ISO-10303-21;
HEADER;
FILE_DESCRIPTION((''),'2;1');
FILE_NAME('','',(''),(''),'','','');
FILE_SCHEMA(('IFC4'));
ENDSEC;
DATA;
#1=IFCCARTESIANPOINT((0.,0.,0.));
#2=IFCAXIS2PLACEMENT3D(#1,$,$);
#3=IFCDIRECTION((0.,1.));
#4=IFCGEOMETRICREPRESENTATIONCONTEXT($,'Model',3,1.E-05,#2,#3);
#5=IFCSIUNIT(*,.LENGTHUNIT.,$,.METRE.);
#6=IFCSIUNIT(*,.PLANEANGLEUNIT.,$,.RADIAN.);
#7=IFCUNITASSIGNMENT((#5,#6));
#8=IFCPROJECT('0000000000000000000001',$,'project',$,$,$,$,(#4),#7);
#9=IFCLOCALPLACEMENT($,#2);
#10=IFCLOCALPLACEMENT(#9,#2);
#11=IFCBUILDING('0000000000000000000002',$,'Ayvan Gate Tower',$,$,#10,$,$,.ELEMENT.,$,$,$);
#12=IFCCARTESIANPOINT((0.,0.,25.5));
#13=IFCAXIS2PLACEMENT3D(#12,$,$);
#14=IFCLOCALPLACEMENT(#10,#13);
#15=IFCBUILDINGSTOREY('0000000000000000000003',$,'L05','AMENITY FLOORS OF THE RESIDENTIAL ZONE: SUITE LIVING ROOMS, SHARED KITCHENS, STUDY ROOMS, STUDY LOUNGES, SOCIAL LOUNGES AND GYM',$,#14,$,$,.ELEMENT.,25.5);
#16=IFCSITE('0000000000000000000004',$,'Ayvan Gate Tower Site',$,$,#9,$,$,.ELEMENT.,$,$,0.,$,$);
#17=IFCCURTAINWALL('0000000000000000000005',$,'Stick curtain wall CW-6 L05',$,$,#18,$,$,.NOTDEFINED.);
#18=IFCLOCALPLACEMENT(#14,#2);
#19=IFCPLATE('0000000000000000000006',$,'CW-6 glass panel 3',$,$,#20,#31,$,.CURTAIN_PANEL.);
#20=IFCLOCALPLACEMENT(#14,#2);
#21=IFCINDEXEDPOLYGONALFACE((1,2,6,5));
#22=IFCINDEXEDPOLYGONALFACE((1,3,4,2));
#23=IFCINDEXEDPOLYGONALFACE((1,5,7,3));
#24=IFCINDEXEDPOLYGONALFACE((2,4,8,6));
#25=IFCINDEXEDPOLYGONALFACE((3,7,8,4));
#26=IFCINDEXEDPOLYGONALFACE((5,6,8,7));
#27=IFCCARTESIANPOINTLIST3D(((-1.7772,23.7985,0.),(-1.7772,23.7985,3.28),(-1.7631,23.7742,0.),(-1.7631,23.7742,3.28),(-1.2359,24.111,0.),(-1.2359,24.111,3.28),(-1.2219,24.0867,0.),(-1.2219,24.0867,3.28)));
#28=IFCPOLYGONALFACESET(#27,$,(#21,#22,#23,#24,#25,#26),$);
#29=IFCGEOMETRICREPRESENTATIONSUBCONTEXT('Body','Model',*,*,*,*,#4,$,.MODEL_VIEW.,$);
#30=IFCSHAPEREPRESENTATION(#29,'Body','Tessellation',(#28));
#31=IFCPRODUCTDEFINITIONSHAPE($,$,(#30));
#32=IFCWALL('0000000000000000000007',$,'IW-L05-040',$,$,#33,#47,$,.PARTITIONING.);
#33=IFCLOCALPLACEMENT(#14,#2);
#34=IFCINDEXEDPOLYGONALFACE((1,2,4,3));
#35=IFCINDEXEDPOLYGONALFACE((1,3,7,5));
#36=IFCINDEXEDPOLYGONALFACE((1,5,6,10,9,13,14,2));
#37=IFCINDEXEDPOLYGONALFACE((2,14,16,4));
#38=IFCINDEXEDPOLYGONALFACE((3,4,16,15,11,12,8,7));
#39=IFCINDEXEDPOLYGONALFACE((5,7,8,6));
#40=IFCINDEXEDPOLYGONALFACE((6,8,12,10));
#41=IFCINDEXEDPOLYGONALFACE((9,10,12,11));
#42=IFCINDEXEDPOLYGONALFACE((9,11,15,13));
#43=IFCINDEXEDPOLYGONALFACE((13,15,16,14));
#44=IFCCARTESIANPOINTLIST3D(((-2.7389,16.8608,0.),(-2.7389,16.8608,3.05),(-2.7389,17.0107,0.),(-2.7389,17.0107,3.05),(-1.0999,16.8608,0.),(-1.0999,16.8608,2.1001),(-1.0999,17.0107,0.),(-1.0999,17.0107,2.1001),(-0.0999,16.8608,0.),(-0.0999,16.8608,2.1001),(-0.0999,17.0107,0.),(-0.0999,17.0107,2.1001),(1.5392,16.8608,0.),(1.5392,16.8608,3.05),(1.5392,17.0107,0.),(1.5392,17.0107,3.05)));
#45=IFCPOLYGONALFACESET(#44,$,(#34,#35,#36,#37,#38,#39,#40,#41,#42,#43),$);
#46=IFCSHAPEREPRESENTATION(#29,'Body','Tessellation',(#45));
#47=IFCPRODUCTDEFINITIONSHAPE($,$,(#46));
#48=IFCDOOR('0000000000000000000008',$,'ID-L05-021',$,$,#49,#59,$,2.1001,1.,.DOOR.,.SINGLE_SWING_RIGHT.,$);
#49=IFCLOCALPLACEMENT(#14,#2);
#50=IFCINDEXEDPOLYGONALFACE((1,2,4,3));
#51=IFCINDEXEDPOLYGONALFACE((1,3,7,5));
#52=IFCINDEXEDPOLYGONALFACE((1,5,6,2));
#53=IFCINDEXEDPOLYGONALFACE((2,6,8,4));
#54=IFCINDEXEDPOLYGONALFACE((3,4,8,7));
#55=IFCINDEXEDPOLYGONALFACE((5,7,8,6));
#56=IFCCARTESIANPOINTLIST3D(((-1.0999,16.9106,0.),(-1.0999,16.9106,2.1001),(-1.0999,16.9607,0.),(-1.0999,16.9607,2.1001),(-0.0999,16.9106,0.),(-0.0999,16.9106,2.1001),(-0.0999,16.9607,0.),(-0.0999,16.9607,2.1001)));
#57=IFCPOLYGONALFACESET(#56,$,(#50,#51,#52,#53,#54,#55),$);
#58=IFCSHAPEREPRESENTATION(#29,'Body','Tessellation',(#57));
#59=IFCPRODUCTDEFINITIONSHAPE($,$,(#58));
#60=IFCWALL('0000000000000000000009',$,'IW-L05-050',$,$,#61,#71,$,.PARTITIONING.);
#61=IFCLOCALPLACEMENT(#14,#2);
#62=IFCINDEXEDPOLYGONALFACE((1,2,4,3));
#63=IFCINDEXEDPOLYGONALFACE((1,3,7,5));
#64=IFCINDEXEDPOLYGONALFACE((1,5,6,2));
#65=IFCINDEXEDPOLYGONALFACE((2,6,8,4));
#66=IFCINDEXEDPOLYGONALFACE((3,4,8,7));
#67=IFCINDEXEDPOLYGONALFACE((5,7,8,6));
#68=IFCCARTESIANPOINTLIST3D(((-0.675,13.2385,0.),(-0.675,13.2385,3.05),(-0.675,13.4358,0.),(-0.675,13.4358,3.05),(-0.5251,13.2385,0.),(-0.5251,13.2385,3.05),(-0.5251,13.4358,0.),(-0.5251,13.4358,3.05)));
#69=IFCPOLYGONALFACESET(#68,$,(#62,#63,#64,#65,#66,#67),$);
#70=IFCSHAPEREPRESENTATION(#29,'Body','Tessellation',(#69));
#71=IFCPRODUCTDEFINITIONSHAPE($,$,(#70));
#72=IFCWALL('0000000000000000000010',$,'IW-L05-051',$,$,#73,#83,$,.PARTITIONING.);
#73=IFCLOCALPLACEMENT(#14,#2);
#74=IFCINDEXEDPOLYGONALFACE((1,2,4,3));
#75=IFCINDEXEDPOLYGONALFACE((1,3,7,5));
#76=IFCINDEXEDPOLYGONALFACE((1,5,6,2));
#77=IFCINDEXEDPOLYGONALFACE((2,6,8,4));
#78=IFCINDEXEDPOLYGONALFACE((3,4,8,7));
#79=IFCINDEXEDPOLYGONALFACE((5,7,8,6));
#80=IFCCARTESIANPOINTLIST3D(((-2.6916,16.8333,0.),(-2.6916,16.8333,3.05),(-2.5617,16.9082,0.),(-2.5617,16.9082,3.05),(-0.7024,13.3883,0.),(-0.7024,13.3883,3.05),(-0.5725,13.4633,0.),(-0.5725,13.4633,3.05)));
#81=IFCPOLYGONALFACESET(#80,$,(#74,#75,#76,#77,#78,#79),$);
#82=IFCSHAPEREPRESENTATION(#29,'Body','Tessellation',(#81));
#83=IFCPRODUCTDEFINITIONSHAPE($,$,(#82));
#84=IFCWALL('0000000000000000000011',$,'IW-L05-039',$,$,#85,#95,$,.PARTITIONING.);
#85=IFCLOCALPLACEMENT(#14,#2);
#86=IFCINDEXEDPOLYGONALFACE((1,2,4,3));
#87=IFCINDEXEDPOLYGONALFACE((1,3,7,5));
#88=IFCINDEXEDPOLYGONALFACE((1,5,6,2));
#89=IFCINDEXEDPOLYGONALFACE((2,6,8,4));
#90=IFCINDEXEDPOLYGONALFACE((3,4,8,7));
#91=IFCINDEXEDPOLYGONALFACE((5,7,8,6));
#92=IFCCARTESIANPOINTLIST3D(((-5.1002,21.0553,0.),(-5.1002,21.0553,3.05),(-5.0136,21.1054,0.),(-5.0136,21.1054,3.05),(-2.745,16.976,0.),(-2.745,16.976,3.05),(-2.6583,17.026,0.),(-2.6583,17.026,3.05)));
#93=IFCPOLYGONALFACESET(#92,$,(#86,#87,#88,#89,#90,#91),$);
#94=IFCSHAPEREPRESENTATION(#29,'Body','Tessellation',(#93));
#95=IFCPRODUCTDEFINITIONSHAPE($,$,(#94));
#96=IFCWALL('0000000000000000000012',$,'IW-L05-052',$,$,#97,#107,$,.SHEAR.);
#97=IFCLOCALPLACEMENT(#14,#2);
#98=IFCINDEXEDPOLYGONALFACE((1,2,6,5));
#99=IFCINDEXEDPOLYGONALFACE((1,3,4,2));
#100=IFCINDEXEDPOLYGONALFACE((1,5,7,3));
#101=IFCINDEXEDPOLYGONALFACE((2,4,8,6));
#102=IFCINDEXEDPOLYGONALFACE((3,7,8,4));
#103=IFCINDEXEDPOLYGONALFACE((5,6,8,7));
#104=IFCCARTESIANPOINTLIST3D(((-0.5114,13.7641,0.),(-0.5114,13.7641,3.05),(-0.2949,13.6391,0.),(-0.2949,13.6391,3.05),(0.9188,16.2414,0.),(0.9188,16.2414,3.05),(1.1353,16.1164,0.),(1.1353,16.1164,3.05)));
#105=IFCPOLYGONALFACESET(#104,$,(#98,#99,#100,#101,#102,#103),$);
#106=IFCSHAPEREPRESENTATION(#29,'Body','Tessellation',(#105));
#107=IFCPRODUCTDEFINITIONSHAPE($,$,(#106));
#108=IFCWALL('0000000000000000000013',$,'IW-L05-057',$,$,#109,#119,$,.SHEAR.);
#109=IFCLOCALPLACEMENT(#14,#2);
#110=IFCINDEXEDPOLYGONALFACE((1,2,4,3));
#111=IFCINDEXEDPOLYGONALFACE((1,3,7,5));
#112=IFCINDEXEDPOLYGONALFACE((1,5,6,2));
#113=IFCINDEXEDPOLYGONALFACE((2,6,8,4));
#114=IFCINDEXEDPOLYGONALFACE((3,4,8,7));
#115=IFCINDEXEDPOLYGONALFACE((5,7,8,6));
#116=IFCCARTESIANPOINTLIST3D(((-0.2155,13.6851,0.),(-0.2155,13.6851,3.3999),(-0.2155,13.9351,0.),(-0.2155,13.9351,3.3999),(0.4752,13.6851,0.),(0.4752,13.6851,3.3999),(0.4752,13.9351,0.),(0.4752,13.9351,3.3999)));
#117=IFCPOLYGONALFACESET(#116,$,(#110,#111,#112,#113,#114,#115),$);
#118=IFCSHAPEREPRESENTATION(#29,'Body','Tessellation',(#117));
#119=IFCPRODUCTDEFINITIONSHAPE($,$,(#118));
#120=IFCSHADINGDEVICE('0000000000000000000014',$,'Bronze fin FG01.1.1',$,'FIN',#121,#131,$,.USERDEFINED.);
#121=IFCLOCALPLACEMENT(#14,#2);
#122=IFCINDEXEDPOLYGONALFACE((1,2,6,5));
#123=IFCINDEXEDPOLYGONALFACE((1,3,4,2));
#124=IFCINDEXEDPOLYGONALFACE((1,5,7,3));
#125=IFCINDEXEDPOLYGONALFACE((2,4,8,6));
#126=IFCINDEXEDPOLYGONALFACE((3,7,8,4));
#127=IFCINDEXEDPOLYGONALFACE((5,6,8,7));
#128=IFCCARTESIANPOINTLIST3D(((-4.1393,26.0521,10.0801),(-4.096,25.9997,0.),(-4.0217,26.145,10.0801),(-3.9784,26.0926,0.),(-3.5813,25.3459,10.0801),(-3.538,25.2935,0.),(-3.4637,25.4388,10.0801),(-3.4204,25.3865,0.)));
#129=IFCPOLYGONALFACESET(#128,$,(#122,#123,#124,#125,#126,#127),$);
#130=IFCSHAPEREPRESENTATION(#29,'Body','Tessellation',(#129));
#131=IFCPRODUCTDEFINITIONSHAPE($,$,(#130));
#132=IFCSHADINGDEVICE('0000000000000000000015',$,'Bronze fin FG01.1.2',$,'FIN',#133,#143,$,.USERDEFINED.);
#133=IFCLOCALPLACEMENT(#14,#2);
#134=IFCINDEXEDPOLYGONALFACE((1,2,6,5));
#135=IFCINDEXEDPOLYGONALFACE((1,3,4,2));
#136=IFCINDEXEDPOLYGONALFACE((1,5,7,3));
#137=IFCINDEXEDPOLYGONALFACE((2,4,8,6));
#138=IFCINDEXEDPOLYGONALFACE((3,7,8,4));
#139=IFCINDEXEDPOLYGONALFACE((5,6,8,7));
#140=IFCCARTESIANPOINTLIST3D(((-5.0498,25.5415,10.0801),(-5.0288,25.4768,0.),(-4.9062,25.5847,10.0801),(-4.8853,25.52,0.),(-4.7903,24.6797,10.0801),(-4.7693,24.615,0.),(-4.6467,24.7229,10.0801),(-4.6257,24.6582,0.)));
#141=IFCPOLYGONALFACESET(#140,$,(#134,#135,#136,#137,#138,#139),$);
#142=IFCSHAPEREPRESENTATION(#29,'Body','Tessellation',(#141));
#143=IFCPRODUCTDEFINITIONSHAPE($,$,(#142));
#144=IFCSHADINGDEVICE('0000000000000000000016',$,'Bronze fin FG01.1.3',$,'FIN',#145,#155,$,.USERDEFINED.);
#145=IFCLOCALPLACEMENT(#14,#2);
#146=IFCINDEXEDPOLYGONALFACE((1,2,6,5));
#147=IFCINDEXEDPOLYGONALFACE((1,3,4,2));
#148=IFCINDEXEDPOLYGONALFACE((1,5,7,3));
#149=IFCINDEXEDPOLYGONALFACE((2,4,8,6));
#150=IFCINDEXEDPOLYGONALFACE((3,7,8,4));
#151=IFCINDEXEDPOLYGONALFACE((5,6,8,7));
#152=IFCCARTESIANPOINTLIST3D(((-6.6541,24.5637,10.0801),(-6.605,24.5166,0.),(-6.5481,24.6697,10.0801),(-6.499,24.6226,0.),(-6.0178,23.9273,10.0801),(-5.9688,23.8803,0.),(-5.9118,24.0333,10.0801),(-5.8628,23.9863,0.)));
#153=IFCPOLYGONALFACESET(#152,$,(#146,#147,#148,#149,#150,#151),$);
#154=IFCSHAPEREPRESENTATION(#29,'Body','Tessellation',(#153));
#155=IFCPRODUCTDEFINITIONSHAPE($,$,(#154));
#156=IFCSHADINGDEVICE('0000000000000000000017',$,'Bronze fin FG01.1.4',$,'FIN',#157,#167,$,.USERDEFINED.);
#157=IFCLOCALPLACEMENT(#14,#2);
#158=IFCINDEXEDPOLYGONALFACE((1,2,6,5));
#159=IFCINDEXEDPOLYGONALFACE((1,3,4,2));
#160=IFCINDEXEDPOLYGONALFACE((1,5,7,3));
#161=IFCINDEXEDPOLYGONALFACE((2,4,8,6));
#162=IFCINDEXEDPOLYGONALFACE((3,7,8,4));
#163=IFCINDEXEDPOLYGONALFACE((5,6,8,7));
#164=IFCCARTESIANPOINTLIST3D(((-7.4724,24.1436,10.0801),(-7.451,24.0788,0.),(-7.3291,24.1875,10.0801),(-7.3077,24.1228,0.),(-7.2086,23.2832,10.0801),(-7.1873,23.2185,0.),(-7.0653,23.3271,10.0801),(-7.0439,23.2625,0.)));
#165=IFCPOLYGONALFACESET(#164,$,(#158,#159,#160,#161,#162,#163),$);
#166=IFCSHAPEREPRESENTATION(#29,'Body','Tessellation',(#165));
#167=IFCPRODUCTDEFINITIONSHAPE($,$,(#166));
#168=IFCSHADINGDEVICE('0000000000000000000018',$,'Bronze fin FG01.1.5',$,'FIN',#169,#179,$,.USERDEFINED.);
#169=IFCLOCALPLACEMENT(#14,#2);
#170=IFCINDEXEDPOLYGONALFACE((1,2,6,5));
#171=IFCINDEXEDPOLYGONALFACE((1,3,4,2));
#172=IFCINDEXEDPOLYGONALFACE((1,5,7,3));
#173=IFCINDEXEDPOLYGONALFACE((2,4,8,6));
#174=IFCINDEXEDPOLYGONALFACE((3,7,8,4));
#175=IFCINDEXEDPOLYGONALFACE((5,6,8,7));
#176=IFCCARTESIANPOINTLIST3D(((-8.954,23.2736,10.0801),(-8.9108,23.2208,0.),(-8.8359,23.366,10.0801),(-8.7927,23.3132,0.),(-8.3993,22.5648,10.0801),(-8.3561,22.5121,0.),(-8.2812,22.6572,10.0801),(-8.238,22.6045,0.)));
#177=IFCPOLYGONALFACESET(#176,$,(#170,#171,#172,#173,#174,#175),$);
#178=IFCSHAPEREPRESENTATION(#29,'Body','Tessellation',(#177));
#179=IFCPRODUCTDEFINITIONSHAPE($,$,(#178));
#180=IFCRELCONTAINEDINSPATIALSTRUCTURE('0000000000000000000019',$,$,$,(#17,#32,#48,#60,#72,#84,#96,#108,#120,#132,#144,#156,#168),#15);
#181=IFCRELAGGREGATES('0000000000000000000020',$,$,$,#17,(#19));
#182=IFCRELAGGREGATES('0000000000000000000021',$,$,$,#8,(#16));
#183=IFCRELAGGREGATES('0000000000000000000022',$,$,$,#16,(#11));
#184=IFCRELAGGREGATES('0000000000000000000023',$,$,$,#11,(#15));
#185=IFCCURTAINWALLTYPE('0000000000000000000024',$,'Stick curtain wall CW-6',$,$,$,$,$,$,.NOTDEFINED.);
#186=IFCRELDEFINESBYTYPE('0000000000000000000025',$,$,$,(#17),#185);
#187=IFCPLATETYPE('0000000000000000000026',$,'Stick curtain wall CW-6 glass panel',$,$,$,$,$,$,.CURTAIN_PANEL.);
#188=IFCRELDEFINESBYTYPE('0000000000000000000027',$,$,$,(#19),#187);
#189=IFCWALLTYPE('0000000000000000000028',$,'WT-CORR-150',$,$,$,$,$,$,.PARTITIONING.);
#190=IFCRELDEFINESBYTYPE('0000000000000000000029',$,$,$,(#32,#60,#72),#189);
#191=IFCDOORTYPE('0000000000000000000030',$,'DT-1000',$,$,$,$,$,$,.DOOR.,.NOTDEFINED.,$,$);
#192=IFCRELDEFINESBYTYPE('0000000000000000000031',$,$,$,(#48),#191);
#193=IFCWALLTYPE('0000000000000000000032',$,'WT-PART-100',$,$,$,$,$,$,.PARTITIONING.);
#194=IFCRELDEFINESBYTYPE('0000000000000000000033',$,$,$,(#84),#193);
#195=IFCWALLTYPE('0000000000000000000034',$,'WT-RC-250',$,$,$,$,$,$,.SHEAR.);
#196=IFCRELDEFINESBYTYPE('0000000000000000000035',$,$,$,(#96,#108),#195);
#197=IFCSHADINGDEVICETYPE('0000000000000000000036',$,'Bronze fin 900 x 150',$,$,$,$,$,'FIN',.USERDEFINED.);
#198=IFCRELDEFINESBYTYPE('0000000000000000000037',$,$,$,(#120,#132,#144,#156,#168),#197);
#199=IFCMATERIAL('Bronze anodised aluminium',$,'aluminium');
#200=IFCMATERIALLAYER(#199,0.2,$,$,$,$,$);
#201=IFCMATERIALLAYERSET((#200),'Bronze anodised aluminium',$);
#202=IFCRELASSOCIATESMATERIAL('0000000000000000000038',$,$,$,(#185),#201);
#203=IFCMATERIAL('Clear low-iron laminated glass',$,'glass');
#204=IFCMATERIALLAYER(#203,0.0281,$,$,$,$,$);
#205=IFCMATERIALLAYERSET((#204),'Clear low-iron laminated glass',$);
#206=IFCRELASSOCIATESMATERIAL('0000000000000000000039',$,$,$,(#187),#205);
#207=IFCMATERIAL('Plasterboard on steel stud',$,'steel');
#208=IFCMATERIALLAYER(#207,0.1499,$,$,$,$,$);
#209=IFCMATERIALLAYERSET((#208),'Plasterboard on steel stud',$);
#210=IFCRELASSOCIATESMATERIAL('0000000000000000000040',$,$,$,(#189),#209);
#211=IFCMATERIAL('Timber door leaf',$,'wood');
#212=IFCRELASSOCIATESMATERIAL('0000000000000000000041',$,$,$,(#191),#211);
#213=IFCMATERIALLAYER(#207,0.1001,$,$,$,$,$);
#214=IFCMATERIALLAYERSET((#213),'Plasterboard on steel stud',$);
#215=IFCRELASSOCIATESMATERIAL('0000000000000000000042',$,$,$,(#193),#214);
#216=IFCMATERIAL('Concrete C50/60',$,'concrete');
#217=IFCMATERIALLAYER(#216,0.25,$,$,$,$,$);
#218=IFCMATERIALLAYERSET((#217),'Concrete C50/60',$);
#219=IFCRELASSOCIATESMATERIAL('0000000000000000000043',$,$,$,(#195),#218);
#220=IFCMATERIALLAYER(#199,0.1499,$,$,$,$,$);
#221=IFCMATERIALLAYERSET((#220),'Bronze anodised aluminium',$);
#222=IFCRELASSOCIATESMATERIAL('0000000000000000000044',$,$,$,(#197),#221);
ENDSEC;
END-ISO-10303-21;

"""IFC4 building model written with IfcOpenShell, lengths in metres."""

from ifc_helpers import new_model, si_unit, direction, frame, frame_2d, origin, origin_2d, place, context, subcontext, project, spatial, polyline, rectangle, outline, extrude, material, layer, layer_set, type_object, element, fill, aggregate, save


model = new_model("IFC4")

# Units and contexts
model_context = context("Model", 3, precision=1e-05, world=origin(), true_north=direction((0.0, 1.0)))
body_context = subcontext(model_context, "Body", "Model", "MODEL_VIEW")
ifc_project = project(units=[si_unit("LENGTHUNIT", "METRE"), si_unit("PLANEANGLEUNIT", "RADIAN")], contexts=[model_context])

# Site, building, storey
site_placement = place(None, origin())
site = spatial("IfcSite", under=ifc_project, at=site_placement, Name="Ayvan Gate Tower Site", CompositionType="ELEMENT", RefElevation=0.0)
building_placement = place(site_placement, origin())
building = spatial("IfcBuilding", under=site, at=building_placement, Name="Ayvan Gate Tower", CompositionType="ELEMENT")
storey_placement = place(building_placement, frame((0.0, 0.0, 25.5)))
storey = spatial("IfcBuildingStorey", under=building, at=storey_placement, Name="L05", Description="AMENITY FLOORS OF THE RESIDENTIAL ZONE: SUITE LIVING ROOMS, SHARED KITCHENS, STUDY ROOMS, STUDY LOUNGES, SOCIAL LOUNGES AND GYM", CompositionType="ELEMENT", Elevation=25.5)

# Curtain wall
ifc_material_1 = material(Name="Bronze anodised aluminium", Category="aluminium")
ifc_layer_1 = layer(ifc_material_1, 0.2)
ifc_layer_set_1 = layer_set([ifc_layer_1], Name="Bronze anodised aluminium")
curtain_wall_type_1 = type_object("IfcCurtainWallType", Name="Stick curtain wall CW-6", PredefinedType="NOTDEFINED", material=ifc_layer_set_1)
curtain_wall_1_placement = place(storey_placement, origin())
curtain_wall_1 = element("IfcCurtainWall", 1, at=curtain_wall_1_placement, inside=storey, type_object=curtain_wall_type_1, Name="Stick curtain wall CW-6 L05", PredefinedType="NOTDEFINED")

# Plate
ifc_material_2 = material(Name="Clear low-iron laminated glass", Category="glass")
ifc_layer_2 = layer(ifc_material_2, 0.0281)
ifc_layer_set_2 = layer_set([ifc_layer_2], Name="Clear low-iron laminated glass")
plate_type_1 = type_object("IfcPlateType", Name="Stick curtain wall CW-6 glass panel", PredefinedType="CURTAIN_PANEL", material=ifc_layer_set_2)
plate_1_placement = place(storey_placement, frame((-1.4995, 23.9426, 0.0), z_axis=(0.0, 0.0, 1.0), x_axis=(-0.866025, -0.5, 0.0)))
plate_1 = element("IfcPlate", 2, at=plate_1_placement, type_object=plate_type_1, Name="CW-6 glass panel 3", PredefinedType="CURTAIN_PANEL", context=body_context, shape_type="SweptSolid", body=[
    extrude(rectangle(XDim=0.625, YDim=0.0281, at=origin_2d()), origin(), (0.0, 0.0, 1.0), 3.28),
])
aggregate(curtain_wall_1, [plate_1])

# Wall, opening, door
ifc_material_3 = material(Name="Plasterboard on steel stud", Category="steel")
ifc_layer_3 = layer(ifc_material_3, 0.1499)
ifc_layer_set_3 = layer_set([ifc_layer_3], Name="Plasterboard on steel stud")
wall_type_1 = type_object("IfcWallType", Name="WT-CORR-150", PredefinedType="PARTITIONING", material=ifc_layer_set_3)
wall_1_placement = place(storey_placement, frame((-2.739, 16.9358, 0.0), z_axis=(0.0, 0.0, 1.0), x_axis=(1.0, 0.0, 0.0)))
wall_1 = element("IfcWall", 3, at=wall_1_placement, inside=storey, type_object=wall_type_1, Name="IW-L05-040", PredefinedType="PARTITIONING", context=body_context, shape_type="SweptSolid", body=[
    extrude(rectangle(XDim=4.2781, YDim=0.1499, at=frame_2d((2.1392, 0.0))), origin(), (0.0, 0.0, 1.0), 3.05),
])
opening_placement = place(wall_1_placement, frame((1.6392, 0.0, 0.0)))
opening = element("IfcOpeningElement", 4, at=opening_placement, cuts=wall_1, PredefinedType="OPENING", context=body_context, shape_type="SweptSolid", body=[
    extrude(rectangle(XDim=1.0, YDim=2.1001, at=frame_2d((0.5, 1.05))), frame((0.0, 0.085, 0.0), z_axis=(0.0, -1.0, 0.0), x_axis=(1.0, 0.0, 0.0)), (0.0, 0.0, 1.0), 0.1699),
])
ifc_material_4 = material(Name="Timber door leaf", Category="wood")
door_type = type_object("IfcDoorType", Name="DT-1000", OperationType="NOTDEFINED", PredefinedType="DOOR", material=ifc_material_4)
door_placement = place(opening_placement, origin())
door = element("IfcDoor", 5, at=door_placement, inside=storey, type_object=door_type, Name="ID-L05-021", OperationType="SINGLE_SWING_RIGHT", OverallHeight=2.1001, OverallWidth=1.0, PredefinedType="DOOR", context=body_context, shape_type="SweptSolid", body=[
    extrude(rectangle(XDim=1.0, YDim=2.1001, at=frame_2d((0.5, 1.05))), frame((0.0, 0.0249, 0.0), z_axis=(0.0, -1.0, 0.0), x_axis=(1.0, 0.0, 0.0)), (0.0, 0.0, 1.0), 0.05),
])
fill(opening, door)

# Walls
wall_2_placement = place(storey_placement, frame((-0.6001, 13.2385, 0.0), z_axis=(0.0, 0.0, 1.0), x_axis=(0.0, 1.0, 0.0)))
element("IfcWall", 6, at=wall_2_placement, inside=storey, type_object=wall_type_1, Name="IW-L05-050", PredefinedType="PARTITIONING", context=body_context, shape_type="SweptSolid", body=[
    extrude(rectangle(XDim=0.1973, YDim=0.1499, at=frame_2d((0.0986, 0.0))), origin(), (0.0, 0.0, 1.0), 3.05),
])
wall_3_placement = place(storey_placement, frame((-0.6375, 13.4258, 0.0), z_axis=(0.0, 0.0, 1.0), x_axis=(-0.500047, 0.865999, 0.0)))
element("IfcWall", 7, at=wall_3_placement, inside=storey, type_object=wall_type_1, Name="IW-L05-051", PredefinedType="PARTITIONING", context=body_context, shape_type="SweptSolid", body=[
    extrude(rectangle(XDim=3.978, YDim=0.1499, at=frame_2d((1.989, 0.0))), origin(), (0.0, 0.0, 1.0), 3.05),
])
ifc_layer_4 = layer(ifc_material_3, 0.1001)
ifc_layer_set_4 = layer_set([ifc_layer_4], Name="Plasterboard on steel stud")
wall_type_2 = type_object("IfcWallType", Name="WT-PART-100", PredefinedType="PARTITIONING", material=ifc_layer_set_4)
wall_4_placement = place(storey_placement, frame((-2.7017, 17.001, 0.0), z_axis=(0.0, 0.0, 1.0), x_axis=(-0.500002, 0.866024, 0.0)))
element("IfcWall", 8, at=wall_4_placement, inside=storey, type_object=wall_type_2, Name="IW-L05-039", PredefinedType="PARTITIONING", context=body_context, shape_type="SweptSolid", body=[
    extrude(rectangle(XDim=4.7104, YDim=0.1001, at=frame_2d((2.3552, 0.0))), origin(), (0.0, 0.0, 1.0), 3.05),
])
ifc_material_5 = material(Name="Concrete C50/60", Category="concrete")
ifc_layer_5 = layer(ifc_material_5, 0.25)
ifc_layer_set_5 = layer_set([ifc_layer_5], Name="Concrete C50/60")
wall_type_3 = type_object("IfcWallType", Name="WT-RC-250", PredefinedType="SHEAR", material=ifc_layer_set_5)
wall_5_placement = place(storey_placement, frame((-0.4031, 13.7017, 0.0), z_axis=(0.0, 0.0, 1.0), x_axis=(0.499976, 0.866039, 0.0)))
element("IfcWall", 9, at=wall_5_placement, inside=storey, type_object=wall_type_3, Name="IW-L05-052", PredefinedType="SHEAR", context=body_context, shape_type="SweptSolid", body=[
    extrude(rectangle(XDim=2.8606, YDim=0.25, at=frame_2d((1.4302, 0.0))), origin(), (0.0, 0.0, 1.0), 3.05),
])
wall_6_placement = place(storey_placement, frame((0.4751, 13.8101, 0.0), z_axis=(0.0, 0.0, 1.0), x_axis=(-1.0, 0.0, 0.0)))
element("IfcWall", 10, at=wall_6_placement, inside=storey, type_object=wall_type_3, Name="IW-L05-057", PredefinedType="SHEAR", context=body_context, shape_type="SweptSolid", body=[
    extrude(rectangle(XDim=0.6907, YDim=0.25, at=frame_2d((0.3452, 0.0))), origin(), (0.0, 0.0, 1.0), 3.3999),
])

# Shading devices
ifc_layer_6 = layer(ifc_material_1, 0.1499)
ifc_layer_set_6 = layer_set([ifc_layer_6], Name="Bronze anodised aluminium")
shading_device_type = type_object("IfcShadingDeviceType", Name="Bronze fin 900 x 150", ElementType="FIN", PredefinedType="USERDEFINED", material=ifc_layer_set_6)
shading_device_1_placement = place(storey_placement, frame((-3.4204, 25.3865, 0.0), z_axis=(0.784626, 0.61997, 0.000152), x_axis=(-0.61997, 0.784626, 0.0)))
element("IfcShadingDevice", 11, at=shading_device_1_placement, inside=storey, type_object=shading_device_type, Name="Bronze fin FG01.1.1", ObjectType="FIN", PredefinedType="USERDEFINED", context=body_context, shape_type="SweptSolid", body=[
    extrude(outline(polyline([(0.0, 0.0), (0.9, 0.0), (0.968, 10.0801), (0.0679, 10.0801), (0.0, 0.0)])), origin(), (0.0, 0.0, -1.0), 0.1499),
])
shading_device_2_placement = place(storey_placement, frame((-4.6257, 24.6582, 0.0), z_axis=(0.957527, 0.288343, 0.000144), x_axis=(-0.288343, 0.957527, 0.0)))
element("IfcShadingDevice", 12, at=shading_device_2_placement, inside=storey, type_object=shading_device_type, Name="Bronze fin FG01.1.2", ObjectType="FIN", PredefinedType="USERDEFINED", context=body_context, shape_type="SweptSolid", body=[
    extrude(outline(polyline([(0.0, 0.0), (0.9, 0.0), (0.968, 10.0801), (0.068, 10.0801), (0.0, 0.0)])), origin(), (0.0, 0.0, -1.0), 0.1499),
])
shading_device_3_placement = place(storey_placement, frame((-5.8628, 23.9863, 0.0), z_axis=(0.707175, 0.707039, 0.000146), x_axis=(-0.707039, 0.707175, 0.0)))
element("IfcShadingDevice", 13, at=shading_device_3_placement, inside=storey, type_object=shading_device_type, Name="Bronze fin FG01.1.3", ObjectType="FIN", PredefinedType="USERDEFINED", context=body_context, shape_type="SweptSolid", body=[
    extrude(outline(polyline([(0.0, 0.0), (0.8998, 0.0), (0.9678, 10.0801), (0.0678, 10.0801), (0.0, 0.0)])), origin(), (0.0, 0.0, -1.0), 0.1499),
])
shading_device_4_placement = place(storey_placement, frame((-7.0439, 23.2625, 0.0), z_axis=(0.956069, 0.293142, 0.000145), x_axis=(-0.293142, 0.956069, 0.0)))
element("IfcShadingDevice", 14, at=shading_device_4_placement, inside=storey, type_object=shading_device_type, Name="Bronze fin FG01.1.4", ObjectType="FIN", PredefinedType="USERDEFINED", context=body_context, shape_type="SweptSolid", body=[
    extrude(outline(polyline([(0.0, 0.0), (0.8998, 0.0), (0.968, 10.0801), (0.0681, 10.0801), (0.0, 0.0)])), origin(), (0.0, 0.0, -1.0), 0.1499),
])
shading_device_5_placement = place(storey_placement, frame((-8.238, 22.6045, 0.0), z_axis=(0.787494, 0.616323, 0.000152), x_axis=(-0.616323, 0.787494, 0.0)))
element("IfcShadingDevice", 15, at=shading_device_5_placement, inside=storey, type_object=shading_device_type, Name="Bronze fin FG01.1.5", ObjectType="FIN", PredefinedType="USERDEFINED", context=body_context, shape_type="SweptSolid", body=[
    extrude(outline(polyline([(0.0, 0.0), (0.9, 0.0), (0.9682, 10.0801), (0.0682, 10.0801), (0.0, 0.0)])), origin(), (0.0, 0.0, -1.0), 0.1499),
])

save(model, "model.ifc")
